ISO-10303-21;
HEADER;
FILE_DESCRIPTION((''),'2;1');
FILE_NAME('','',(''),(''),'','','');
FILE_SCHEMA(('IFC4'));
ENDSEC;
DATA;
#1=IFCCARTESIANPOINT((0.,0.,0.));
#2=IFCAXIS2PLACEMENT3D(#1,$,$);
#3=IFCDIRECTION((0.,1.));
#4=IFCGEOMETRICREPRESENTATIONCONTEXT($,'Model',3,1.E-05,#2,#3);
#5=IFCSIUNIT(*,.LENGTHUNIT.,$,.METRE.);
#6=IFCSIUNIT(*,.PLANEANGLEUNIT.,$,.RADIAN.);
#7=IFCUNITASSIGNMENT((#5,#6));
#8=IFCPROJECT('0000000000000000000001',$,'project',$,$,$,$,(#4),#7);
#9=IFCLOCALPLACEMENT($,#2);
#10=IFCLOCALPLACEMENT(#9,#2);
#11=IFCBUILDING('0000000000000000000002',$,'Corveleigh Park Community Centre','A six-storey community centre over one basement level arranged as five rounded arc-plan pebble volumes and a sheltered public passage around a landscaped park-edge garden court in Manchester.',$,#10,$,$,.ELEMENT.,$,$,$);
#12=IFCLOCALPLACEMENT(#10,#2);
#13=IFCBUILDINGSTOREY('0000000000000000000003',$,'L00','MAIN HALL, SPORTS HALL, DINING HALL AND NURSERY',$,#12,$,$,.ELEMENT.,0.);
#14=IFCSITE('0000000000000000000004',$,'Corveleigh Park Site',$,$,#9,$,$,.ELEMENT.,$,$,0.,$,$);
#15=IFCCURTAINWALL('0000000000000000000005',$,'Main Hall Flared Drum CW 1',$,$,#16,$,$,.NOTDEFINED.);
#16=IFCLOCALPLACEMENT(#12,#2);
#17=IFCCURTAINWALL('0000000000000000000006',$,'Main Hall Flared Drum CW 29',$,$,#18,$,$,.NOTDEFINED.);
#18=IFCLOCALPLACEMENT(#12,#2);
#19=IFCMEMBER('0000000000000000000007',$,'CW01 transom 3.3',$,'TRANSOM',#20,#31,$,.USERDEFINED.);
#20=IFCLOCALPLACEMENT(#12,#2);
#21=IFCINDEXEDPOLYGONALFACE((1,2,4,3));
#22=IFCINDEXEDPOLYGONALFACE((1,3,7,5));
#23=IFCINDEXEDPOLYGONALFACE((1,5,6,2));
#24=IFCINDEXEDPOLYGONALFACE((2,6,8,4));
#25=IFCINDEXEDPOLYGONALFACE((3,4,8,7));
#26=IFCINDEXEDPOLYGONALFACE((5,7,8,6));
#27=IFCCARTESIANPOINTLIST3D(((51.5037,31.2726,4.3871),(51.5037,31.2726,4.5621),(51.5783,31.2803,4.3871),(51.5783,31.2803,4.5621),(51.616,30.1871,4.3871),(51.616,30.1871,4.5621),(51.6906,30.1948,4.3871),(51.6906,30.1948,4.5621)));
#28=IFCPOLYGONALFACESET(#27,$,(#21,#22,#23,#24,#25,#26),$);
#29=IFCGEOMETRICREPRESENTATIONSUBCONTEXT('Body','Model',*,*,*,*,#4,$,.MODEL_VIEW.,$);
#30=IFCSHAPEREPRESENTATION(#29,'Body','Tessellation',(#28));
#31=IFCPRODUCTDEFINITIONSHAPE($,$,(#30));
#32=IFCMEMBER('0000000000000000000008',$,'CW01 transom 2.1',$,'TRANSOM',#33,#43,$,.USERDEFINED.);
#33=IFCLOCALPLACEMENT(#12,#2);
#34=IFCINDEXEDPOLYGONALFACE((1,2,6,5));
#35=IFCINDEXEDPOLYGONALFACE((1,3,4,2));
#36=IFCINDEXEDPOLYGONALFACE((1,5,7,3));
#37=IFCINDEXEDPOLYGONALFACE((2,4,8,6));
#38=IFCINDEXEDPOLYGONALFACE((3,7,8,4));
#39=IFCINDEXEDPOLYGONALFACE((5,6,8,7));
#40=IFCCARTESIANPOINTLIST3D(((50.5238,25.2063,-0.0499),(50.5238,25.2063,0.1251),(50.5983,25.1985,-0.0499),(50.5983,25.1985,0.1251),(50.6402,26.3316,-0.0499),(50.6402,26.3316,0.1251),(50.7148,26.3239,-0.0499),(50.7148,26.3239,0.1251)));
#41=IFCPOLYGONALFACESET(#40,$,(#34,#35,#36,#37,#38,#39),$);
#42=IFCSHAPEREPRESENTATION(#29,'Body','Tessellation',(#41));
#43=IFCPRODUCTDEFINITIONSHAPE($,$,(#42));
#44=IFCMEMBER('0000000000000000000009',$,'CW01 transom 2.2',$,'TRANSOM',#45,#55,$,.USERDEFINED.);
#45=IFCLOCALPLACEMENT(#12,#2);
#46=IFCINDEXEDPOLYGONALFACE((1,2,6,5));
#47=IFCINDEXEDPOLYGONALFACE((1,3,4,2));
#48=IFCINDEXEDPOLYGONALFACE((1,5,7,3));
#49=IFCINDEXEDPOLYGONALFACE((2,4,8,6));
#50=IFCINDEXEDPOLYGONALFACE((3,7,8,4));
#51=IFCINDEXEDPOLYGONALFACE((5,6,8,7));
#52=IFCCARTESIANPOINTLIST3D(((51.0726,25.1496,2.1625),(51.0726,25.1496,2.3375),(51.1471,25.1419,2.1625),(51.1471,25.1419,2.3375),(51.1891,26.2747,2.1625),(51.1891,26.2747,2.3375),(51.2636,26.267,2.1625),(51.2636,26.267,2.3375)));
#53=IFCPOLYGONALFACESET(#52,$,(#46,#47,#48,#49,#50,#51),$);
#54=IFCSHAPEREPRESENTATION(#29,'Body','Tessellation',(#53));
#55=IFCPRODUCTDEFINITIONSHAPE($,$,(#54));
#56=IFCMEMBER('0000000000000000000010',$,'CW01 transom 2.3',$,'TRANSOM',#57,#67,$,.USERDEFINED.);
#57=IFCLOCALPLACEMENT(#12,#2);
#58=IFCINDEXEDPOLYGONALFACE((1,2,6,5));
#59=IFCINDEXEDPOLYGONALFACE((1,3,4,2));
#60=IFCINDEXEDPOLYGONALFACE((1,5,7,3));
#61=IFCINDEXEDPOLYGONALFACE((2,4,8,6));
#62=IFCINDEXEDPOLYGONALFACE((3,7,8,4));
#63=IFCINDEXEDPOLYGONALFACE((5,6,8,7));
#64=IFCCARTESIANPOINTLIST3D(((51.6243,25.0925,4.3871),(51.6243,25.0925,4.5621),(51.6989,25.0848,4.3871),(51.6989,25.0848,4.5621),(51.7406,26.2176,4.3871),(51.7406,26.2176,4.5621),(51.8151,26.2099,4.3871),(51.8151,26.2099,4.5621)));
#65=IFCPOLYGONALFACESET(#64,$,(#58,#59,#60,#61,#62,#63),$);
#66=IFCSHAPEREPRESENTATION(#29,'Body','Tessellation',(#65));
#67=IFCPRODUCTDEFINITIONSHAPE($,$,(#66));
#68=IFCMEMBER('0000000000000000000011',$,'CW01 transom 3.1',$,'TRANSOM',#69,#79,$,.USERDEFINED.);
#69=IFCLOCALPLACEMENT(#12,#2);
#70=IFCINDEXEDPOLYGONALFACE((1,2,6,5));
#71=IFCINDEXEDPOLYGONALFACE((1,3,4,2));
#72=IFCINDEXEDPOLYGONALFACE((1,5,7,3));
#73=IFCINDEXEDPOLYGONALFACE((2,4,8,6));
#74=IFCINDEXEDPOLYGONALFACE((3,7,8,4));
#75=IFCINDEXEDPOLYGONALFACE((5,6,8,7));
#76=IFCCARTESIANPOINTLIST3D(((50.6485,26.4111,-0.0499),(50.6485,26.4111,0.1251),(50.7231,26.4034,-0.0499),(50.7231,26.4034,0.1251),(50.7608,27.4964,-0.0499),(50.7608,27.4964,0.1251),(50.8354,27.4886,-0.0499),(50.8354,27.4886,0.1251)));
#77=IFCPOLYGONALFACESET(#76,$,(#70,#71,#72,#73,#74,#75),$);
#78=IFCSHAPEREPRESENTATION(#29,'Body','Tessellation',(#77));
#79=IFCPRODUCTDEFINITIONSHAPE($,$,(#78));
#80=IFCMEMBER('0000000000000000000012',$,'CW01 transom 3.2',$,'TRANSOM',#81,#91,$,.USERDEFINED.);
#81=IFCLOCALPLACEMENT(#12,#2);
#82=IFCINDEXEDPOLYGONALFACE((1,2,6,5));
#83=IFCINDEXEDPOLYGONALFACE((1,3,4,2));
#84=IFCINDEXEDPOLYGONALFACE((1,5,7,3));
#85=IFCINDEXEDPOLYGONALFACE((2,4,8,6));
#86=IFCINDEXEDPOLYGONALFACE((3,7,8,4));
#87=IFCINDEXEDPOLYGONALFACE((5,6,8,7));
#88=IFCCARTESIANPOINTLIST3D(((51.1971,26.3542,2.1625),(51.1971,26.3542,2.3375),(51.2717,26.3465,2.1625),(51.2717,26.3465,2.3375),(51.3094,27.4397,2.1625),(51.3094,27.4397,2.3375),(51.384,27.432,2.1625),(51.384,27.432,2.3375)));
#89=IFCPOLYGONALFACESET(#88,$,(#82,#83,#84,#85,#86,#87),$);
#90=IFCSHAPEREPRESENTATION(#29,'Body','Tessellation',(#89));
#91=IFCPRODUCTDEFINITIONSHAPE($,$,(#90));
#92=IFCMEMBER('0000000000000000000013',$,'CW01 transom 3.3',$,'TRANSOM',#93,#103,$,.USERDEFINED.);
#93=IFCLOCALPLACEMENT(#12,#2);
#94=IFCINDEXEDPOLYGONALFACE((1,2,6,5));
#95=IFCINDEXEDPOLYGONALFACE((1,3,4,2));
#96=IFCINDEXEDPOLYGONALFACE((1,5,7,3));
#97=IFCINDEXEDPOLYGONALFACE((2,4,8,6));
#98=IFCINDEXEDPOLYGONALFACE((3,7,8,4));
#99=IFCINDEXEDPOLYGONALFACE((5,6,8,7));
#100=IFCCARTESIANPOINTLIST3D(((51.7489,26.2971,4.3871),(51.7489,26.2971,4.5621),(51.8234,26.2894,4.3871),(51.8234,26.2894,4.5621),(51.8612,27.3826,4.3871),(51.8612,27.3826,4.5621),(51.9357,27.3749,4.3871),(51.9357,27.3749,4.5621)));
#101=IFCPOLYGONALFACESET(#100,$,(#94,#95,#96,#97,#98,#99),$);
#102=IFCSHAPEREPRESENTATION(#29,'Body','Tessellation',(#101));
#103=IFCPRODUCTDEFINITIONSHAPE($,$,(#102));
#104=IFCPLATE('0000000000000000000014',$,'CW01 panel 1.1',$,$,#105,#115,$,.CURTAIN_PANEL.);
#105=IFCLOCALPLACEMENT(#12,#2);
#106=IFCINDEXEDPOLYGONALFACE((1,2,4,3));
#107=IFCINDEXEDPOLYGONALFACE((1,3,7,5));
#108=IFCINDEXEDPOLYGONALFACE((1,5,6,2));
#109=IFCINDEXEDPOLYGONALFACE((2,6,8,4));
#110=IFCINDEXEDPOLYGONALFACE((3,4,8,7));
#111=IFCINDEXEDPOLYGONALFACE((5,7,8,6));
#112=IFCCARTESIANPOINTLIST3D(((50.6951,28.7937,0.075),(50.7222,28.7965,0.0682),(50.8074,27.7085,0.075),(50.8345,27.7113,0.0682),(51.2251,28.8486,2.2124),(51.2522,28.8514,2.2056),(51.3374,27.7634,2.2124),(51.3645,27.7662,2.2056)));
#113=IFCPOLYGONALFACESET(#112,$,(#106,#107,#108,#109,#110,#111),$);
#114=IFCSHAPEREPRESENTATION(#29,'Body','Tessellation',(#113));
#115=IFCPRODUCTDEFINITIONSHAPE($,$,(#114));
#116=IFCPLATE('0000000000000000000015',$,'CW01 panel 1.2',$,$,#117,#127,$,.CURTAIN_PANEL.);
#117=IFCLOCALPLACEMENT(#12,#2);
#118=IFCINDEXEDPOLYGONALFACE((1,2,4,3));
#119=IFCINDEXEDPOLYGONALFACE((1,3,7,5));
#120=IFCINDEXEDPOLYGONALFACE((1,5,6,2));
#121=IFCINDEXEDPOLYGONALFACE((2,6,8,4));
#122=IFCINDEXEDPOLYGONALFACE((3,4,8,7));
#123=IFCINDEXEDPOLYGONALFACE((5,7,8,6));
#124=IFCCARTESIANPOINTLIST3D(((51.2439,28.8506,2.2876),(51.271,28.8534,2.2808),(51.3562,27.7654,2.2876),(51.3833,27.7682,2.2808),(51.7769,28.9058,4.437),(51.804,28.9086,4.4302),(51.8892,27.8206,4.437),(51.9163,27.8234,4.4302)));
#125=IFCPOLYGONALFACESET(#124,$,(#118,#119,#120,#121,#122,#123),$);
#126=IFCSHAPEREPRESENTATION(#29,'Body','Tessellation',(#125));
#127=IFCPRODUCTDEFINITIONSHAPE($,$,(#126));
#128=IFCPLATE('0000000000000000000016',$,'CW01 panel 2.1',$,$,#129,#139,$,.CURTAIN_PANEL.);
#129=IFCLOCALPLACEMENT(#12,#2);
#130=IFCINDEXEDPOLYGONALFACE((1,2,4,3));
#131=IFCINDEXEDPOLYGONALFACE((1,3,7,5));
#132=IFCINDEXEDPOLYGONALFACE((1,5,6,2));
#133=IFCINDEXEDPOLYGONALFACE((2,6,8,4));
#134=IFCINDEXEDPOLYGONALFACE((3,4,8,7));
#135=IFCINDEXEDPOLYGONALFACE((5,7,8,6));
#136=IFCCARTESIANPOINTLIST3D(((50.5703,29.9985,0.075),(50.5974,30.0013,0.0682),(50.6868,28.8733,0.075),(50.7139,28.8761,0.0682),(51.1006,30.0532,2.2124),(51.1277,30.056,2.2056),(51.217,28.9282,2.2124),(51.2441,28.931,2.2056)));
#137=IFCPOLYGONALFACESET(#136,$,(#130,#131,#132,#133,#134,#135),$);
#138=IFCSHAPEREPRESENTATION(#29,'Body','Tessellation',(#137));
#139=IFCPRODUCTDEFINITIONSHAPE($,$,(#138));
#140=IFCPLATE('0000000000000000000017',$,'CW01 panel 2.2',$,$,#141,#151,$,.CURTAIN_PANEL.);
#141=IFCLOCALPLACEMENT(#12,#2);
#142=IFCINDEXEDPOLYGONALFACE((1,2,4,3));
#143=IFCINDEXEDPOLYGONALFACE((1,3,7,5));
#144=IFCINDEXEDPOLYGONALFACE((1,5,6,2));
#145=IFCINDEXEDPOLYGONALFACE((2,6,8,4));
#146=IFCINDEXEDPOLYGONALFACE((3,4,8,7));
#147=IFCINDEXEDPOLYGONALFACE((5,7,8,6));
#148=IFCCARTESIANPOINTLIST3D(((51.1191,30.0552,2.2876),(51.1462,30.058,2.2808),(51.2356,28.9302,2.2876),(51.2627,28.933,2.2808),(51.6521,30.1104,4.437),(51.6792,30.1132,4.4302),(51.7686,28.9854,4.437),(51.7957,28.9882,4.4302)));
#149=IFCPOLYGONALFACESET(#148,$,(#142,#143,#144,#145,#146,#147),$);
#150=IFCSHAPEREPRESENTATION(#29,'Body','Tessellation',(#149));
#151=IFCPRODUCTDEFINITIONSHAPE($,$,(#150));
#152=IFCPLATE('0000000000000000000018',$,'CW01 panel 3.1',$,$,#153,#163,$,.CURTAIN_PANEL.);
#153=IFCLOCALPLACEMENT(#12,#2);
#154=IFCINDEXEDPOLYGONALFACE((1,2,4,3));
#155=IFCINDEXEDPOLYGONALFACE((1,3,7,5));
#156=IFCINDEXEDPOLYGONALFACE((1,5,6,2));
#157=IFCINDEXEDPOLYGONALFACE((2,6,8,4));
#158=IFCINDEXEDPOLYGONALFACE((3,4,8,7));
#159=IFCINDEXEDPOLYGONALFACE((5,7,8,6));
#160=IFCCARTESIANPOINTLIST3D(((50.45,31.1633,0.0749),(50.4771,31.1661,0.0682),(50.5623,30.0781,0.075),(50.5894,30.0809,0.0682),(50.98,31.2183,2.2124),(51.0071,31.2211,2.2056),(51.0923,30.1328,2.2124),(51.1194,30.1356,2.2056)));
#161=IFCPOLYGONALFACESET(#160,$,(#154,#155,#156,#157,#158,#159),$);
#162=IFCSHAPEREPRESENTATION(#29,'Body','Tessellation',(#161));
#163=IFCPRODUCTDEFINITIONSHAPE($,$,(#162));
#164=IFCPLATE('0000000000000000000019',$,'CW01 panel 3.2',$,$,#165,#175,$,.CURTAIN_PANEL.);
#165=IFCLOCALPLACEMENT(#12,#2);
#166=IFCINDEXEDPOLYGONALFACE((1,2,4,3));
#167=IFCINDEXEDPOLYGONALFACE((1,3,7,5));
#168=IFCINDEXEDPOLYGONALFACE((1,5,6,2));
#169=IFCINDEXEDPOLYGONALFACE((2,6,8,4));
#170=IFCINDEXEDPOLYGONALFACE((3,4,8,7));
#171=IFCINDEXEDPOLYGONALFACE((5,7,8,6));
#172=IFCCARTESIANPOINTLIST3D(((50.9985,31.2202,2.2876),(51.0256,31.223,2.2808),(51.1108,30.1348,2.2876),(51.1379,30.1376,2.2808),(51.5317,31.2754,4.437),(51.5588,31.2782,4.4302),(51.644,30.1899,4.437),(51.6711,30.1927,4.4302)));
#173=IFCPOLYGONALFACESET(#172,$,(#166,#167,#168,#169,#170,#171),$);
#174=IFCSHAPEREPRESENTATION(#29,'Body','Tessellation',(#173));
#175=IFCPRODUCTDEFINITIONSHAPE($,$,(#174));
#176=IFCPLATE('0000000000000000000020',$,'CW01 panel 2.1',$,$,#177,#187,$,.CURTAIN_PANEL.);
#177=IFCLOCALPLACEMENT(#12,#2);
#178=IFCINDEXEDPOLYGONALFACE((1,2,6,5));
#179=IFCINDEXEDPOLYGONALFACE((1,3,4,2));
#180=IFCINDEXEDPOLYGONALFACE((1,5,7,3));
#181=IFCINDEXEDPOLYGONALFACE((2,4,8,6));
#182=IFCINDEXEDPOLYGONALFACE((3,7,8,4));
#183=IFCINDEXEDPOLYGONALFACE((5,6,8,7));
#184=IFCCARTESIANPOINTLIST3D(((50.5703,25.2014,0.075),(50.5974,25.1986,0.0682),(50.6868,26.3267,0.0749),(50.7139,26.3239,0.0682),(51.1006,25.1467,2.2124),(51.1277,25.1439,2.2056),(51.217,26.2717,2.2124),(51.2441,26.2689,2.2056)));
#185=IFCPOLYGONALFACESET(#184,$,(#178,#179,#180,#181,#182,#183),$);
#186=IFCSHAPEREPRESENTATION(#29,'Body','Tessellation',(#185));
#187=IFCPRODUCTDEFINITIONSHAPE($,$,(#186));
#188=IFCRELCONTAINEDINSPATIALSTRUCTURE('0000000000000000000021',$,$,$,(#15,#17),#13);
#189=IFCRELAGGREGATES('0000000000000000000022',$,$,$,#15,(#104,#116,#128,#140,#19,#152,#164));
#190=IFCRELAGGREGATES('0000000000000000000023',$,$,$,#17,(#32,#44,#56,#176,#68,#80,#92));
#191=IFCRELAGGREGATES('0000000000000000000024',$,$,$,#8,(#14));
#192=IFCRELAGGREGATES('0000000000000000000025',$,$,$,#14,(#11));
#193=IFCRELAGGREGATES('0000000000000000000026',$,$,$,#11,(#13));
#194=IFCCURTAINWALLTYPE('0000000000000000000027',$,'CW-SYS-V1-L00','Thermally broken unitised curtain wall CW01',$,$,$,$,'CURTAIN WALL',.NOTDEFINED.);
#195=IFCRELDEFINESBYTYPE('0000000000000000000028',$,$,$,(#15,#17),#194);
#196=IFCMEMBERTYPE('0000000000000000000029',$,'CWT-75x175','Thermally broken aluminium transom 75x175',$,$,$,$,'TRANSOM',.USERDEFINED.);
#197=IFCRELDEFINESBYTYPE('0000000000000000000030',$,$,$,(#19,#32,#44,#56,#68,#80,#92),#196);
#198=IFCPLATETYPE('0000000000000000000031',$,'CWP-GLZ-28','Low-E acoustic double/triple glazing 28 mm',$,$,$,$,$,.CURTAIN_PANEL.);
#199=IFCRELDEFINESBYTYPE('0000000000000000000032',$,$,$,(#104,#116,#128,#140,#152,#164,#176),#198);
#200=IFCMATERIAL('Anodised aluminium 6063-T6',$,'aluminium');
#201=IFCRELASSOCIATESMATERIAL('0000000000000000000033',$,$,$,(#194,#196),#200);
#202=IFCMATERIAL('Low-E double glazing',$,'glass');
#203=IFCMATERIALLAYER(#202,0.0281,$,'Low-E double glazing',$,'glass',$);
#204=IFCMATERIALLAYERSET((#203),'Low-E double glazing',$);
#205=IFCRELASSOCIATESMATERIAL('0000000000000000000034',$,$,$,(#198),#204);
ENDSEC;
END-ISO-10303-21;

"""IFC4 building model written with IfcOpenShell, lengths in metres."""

from ifc_helpers import new_model, si_unit, direction, frame, origin, origin_2d, place, context, subcontext, project, spatial, polyline, rectangle, outline, extrude, material, layer, layer_set, material_profile, profile_set, type_object, element, aggregate, save


model = new_model("IFC4")

# Units and contexts
model_context = context("Model", 3, precision=1e-05, world=origin(), true_north=direction((0.0, 1.0)))
body_context = subcontext(model_context, "Body", "Model", "MODEL_VIEW")
ifc_project = project(units=[si_unit("LENGTHUNIT", "METRE"), si_unit("PLANEANGLEUNIT", "RADIAN")], contexts=[model_context])

# Site, building, storey
site_placement = place(None, origin())
site = spatial("IfcSite", under=ifc_project, at=site_placement, Name="Corveleigh Park Site", CompositionType="ELEMENT", RefElevation=0.0)
building_placement = place(site_placement, origin())
building = spatial("IfcBuilding", under=site, at=building_placement, Name="Corveleigh Park Community Centre", Description="A six-storey community centre over one basement level arranged as five rounded arc-plan pebble volumes and a sheltered public passage around a landscaped park-edge garden court in Manchester.", CompositionType="ELEMENT")
storey_placement = place(building_placement, origin())
storey = spatial("IfcBuildingStorey", under=building, at=storey_placement, Name="L00", Description="MAIN HALL, SPORTS HALL, DINING HALL AND NURSERY", CompositionType="ELEMENT", Elevation=0.0)

# Curtain walls
ifc_material_1 = material(Name="Anodised aluminium 6063-T6", Category="aluminium")
curtain_wall_type = type_object("IfcCurtainWallType", Name="CW-SYS-V1-L00", Description="Thermally broken unitised curtain wall CW01", ElementType="CURTAIN WALL", PredefinedType="NOTDEFINED", material=ifc_material_1)
curtain_wall_1_placement = place(storey_placement, origin())
curtain_wall_1 = element("IfcCurtainWall", 1, at=curtain_wall_1_placement, inside=storey, type_object=curtain_wall_type, Name="Main Hall Flared Drum CW 1", PredefinedType="NOTDEFINED")
curtain_wall_2_placement = place(storey_placement, origin())
curtain_wall_2 = element("IfcCurtainWall", 2, at=curtain_wall_2_placement, inside=storey, type_object=curtain_wall_type, Name="Main Hall Flared Drum CW 29", PredefinedType="NOTDEFINED")

# Members
ifc_material_profile_1 = material_profile(ifc_material_1, rectangle(XDim=0.075, YDim=0.175, at=origin_2d()), Name="ALU-T75x175", Category="aluminium")
ifc_profile_set_1 = profile_set([ifc_material_profile_1], Name="Anodised aluminium 6063-T6")
member_type_1 = type_object("IfcMemberType", Name="CWT-75x175", Description="Thermally broken aluminium transom 75x175", ElementType="TRANSOM", PredefinedType="USERDEFINED", material=ifc_profile_set_1)
member_1_placement = place(storey_placement, frame((51.6533, 30.1909, 4.4746), z_axis=(-0.102914, 0.99469, 0.0), x_axis=(-0.99469, -0.102914, 0.0)))
member_1 = element("IfcMember", 3, at=member_1_placement, type_object=member_type_1, Name="CW01 transom 3.3", ObjectType="TRANSOM", PredefinedType="USERDEFINED", context=body_context, shape_type="SweptSolid", body=[
    extrude(rectangle(XDim=0.075, YDim=0.175, at=origin_2d()), origin(), (0.0, 0.0, 1.0), 1.0913),
])
member_2_placement = place(storey_placement, frame((50.561, 25.2024, 0.0376), z_axis=(0.102943, 0.994687, 0.0), x_axis=(-0.994687, 0.102943, 0.0)))
member_2 = element("IfcMember", 4, at=member_2_placement, type_object=member_type_1, Name="CW01 transom 2.1", ObjectType="TRANSOM", PredefinedType="USERDEFINED", context=body_context, shape_type="SweptSolid", body=[
    extrude(rectangle(XDim=0.075, YDim=0.175, at=origin_2d()), origin(), (0.0, 0.0, 1.0), 1.1313),
])
member_3_placement = place(storey_placement, frame((51.1099, 25.1458, 2.25), z_axis=(0.102965, 0.994685, 0.0), x_axis=(-0.994685, 0.102965, 0.0)))
member_3 = element("IfcMember", 5, at=member_3_placement, type_object=member_type_1, Name="CW01 transom 2.2", ObjectType="TRANSOM", PredefinedType="USERDEFINED", context=body_context, shape_type="SweptSolid", body=[
    extrude(rectangle(XDim=0.075, YDim=0.175, at=origin_2d()), origin(), (0.0, 0.0, 1.0), 1.1311),
])
member_4_placement = place(storey_placement, frame((51.6616, 25.0886, 4.4746), z_axis=(0.102752, 0.994707, 0.0), x_axis=(-0.994707, 0.102752, 0.0)))
member_4 = element("IfcMember", 6, at=member_4_placement, type_object=member_type_1, Name="CW01 transom 2.3", ObjectType="TRANSOM", PredefinedType="USERDEFINED", context=body_context, shape_type="SweptSolid", body=[
    extrude(rectangle(XDim=0.075, YDim=0.175, at=origin_2d()), origin(), (0.0, 0.0, 1.0), 1.1311),
])
member_5_placement = place(storey_placement, frame((50.6858, 26.4072, 0.0376), z_axis=(0.102937, 0.994688, 0.0), x_axis=(-0.994688, 0.102937, 0.0)))
member_5 = element("IfcMember", 7, at=member_5_placement, type_object=member_type_1, Name="CW01 transom 3.1", ObjectType="TRANSOM", PredefinedType="USERDEFINED", context=body_context, shape_type="SweptSolid", body=[
    extrude(rectangle(XDim=0.075, YDim=0.175, at=origin_2d()), origin(), (0.0, 0.0, 1.0), 1.0911),
])
member_6_placement = place(storey_placement, frame((51.2344, 26.3503, 2.25), z_axis=(0.102914, 0.99469, 0.0), x_axis=(-0.99469, 0.102914, 0.0)))
member_6 = element("IfcMember", 8, at=member_6_placement, type_object=member_type_1, Name="CW01 transom 3.2", ObjectType="TRANSOM", PredefinedType="USERDEFINED", context=body_context, shape_type="SweptSolid", body=[
    extrude(rectangle(XDim=0.075, YDim=0.175, at=origin_2d()), origin(), (0.0, 0.0, 1.0), 1.0913),
])
member_7_placement = place(storey_placement, frame((51.7861, 26.2932, 4.4746), z_axis=(0.102914, 0.99469, 0.0), x_axis=(-0.99469, 0.102914, 0.0)))
member_7 = element("IfcMember", 9, at=member_7_placement, type_object=member_type_1, Name="CW01 transom 3.3", ObjectType="TRANSOM", PredefinedType="USERDEFINED", context=body_context, shape_type="SweptSolid", body=[
    extrude(rectangle(XDim=0.075, YDim=0.175, at=origin_2d()), origin(), (0.0, 0.0, 1.0), 1.0913),
])

# Plates
ifc_material_2 = material(Name="Low-E double glazing", Category="glass")
ifc_layer = layer(ifc_material_2, 0.0281, Name="Low-E double glazing", Category="glass")
ifc_layer_set = layer_set([ifc_layer], Name="Low-E double glazing")
plate_type = type_object("IfcPlateType", Name="CWP-GLZ-28", Description="Low-E acoustic double/triple glazing 28 mm", PredefinedType="CURTAIN_PANEL", material=ifc_layer_set)
plate_1_placement = place(storey_placement, frame((50.8074, 27.7085, 0.075), z_axis=(-0.965148, -0.09988, 0.241897), x_axis=(-0.102937, 0.994688, 0.0)))
plate_1 = element("IfcPlate", 10, at=plate_1_placement, type_object=plate_type, Name="CW01 panel 1.1", PredefinedType="CURTAIN_PANEL", context=body_context, shape_type="SweptSolid", body=[
    extrude(outline(polyline([(0.0, 0.0), (1.091, 0.0), (1.0911, -2.2029), (0.0001, -2.2029), (0.0, 0.0)])), origin(), (0.0, 0.0, -1.0), 0.0281),
])
plate_2_placement = place(storey_placement, frame((51.3562, 27.7654, 2.2876), z_axis=(-0.965152, -0.099881, 0.241879), x_axis=(-0.102937, 0.994688, 0.0)))
plate_2 = element("IfcPlate", 11, at=plate_2_placement, type_object=plate_type, Name="CW01 panel 1.2", PredefinedType="CURTAIN_PANEL", context=body_context, shape_type="SweptSolid", body=[
    extrude(outline(polyline([(0.0, 0.0), (1.091, 0.0), (1.091, -2.2152), (0.0, -2.2152), (0.0, 0.0)])), origin(), (0.0, 0.0, -1.0), 0.0281),
])
plate_3_placement = place(storey_placement, frame((50.6868, 28.8733, 0.075), z_axis=(-0.965121, -0.099894, 0.241995), x_axis=(-0.102954, 0.994686, 0.000003)))
plate_3 = element("IfcPlate", 12, at=plate_3_placement, type_object=plate_type, Name="CW01 panel 2.1", PredefinedType="CURTAIN_PANEL", context=body_context, shape_type="SweptSolid", body=[
    extrude(outline(polyline([(0.0, 0.0), (1.1313, 0.0), (1.1311, -2.2029), (0.0001, -2.2029), (0.0, 0.0)])), origin(), (0.0, 0.0, -1.0), 0.0281),
])
plate_4_placement = place(storey_placement, frame((51.2356, 28.9302, 2.2876), z_axis=(-0.965149, -0.099908, 0.241879), x_axis=(-0.102965, 0.994685, 0.0)))
plate_4 = element("IfcPlate", 13, at=plate_4_placement, type_object=plate_type, Name="CW01 panel 2.2", PredefinedType="CURTAIN_PANEL", context=body_context, shape_type="SweptSolid", body=[
    extrude(outline(polyline([(0.0, 0.0), (1.131, 0.0), (1.131, -2.2152), (0.0, -2.2152), (0.0, 0.0)])), origin(), (0.0, 0.0, -1.0), 0.0281),
])
plate_5_placement = place(storey_placement, frame((50.5623, 30.0781, 0.075), z_axis=(-0.96515, -0.099869, 0.241892), x_axis=(-0.102927, 0.994689, -0.000003)))
plate_5 = element("IfcPlate", 14, at=plate_5_placement, type_object=plate_type, Name="CW01 panel 3.1", PredefinedType="CURTAIN_PANEL", context=body_context, shape_type="SweptSolid", body=[
    extrude(outline(polyline([(0.0, 0.0), (1.091, 0.0), (1.0911, -2.2029), (-0.0002, -2.2029), (0.0, 0.0)])), origin(), (0.0, 0.0, -1.0), 0.0281),
])
plate_6_placement = place(storey_placement, frame((51.1108, 30.1348, 2.2876), z_axis=(-0.965129, -0.099856, 0.241982), x_axis=(-0.102914, 0.99469, 0.0)))
plate_6 = element("IfcPlate", 15, at=plate_6_placement, type_object=plate_type, Name="CW01 panel 3.2", PredefinedType="CURTAIN_PANEL", context=body_context, shape_type="SweptSolid", body=[
    extrude(outline(polyline([(0.0, 0.0), (1.0912, 0.0), (1.0913, -2.2152), (0.0, -2.2152), (0.0, 0.0)])), origin(), (0.0, 0.0, -1.0), 0.0281),
])
aggregate(curtain_wall_1, [plate_1, plate_2, plate_3, plate_4, member_1, plate_5, plate_6])
plate_7_placement = place(storey_placement, frame((50.5703, 25.2014, 0.075), z_axis=(-0.965121, 0.099894, 0.241995), x_axis=(0.102954, 0.994686, -0.000003)))
plate_7 = element("IfcPlate", 16, at=plate_7_placement, type_object=plate_type, Name="CW01 panel 2.1", PredefinedType="CURTAIN_PANEL", context=body_context, shape_type="SweptSolid", body=[
    extrude(outline(polyline([(0.0, 0.0), (1.1313, 0.0), (1.1312, -2.2029), (0.0002, -2.2029), (0.0, 0.0)])), origin(), (0.0, 0.0, -1.0), 0.0281),
])
aggregate(curtain_wall_2, [member_2, member_3, member_4, plate_7, member_5, member_6, member_7])

save(model, "model.ifc")
